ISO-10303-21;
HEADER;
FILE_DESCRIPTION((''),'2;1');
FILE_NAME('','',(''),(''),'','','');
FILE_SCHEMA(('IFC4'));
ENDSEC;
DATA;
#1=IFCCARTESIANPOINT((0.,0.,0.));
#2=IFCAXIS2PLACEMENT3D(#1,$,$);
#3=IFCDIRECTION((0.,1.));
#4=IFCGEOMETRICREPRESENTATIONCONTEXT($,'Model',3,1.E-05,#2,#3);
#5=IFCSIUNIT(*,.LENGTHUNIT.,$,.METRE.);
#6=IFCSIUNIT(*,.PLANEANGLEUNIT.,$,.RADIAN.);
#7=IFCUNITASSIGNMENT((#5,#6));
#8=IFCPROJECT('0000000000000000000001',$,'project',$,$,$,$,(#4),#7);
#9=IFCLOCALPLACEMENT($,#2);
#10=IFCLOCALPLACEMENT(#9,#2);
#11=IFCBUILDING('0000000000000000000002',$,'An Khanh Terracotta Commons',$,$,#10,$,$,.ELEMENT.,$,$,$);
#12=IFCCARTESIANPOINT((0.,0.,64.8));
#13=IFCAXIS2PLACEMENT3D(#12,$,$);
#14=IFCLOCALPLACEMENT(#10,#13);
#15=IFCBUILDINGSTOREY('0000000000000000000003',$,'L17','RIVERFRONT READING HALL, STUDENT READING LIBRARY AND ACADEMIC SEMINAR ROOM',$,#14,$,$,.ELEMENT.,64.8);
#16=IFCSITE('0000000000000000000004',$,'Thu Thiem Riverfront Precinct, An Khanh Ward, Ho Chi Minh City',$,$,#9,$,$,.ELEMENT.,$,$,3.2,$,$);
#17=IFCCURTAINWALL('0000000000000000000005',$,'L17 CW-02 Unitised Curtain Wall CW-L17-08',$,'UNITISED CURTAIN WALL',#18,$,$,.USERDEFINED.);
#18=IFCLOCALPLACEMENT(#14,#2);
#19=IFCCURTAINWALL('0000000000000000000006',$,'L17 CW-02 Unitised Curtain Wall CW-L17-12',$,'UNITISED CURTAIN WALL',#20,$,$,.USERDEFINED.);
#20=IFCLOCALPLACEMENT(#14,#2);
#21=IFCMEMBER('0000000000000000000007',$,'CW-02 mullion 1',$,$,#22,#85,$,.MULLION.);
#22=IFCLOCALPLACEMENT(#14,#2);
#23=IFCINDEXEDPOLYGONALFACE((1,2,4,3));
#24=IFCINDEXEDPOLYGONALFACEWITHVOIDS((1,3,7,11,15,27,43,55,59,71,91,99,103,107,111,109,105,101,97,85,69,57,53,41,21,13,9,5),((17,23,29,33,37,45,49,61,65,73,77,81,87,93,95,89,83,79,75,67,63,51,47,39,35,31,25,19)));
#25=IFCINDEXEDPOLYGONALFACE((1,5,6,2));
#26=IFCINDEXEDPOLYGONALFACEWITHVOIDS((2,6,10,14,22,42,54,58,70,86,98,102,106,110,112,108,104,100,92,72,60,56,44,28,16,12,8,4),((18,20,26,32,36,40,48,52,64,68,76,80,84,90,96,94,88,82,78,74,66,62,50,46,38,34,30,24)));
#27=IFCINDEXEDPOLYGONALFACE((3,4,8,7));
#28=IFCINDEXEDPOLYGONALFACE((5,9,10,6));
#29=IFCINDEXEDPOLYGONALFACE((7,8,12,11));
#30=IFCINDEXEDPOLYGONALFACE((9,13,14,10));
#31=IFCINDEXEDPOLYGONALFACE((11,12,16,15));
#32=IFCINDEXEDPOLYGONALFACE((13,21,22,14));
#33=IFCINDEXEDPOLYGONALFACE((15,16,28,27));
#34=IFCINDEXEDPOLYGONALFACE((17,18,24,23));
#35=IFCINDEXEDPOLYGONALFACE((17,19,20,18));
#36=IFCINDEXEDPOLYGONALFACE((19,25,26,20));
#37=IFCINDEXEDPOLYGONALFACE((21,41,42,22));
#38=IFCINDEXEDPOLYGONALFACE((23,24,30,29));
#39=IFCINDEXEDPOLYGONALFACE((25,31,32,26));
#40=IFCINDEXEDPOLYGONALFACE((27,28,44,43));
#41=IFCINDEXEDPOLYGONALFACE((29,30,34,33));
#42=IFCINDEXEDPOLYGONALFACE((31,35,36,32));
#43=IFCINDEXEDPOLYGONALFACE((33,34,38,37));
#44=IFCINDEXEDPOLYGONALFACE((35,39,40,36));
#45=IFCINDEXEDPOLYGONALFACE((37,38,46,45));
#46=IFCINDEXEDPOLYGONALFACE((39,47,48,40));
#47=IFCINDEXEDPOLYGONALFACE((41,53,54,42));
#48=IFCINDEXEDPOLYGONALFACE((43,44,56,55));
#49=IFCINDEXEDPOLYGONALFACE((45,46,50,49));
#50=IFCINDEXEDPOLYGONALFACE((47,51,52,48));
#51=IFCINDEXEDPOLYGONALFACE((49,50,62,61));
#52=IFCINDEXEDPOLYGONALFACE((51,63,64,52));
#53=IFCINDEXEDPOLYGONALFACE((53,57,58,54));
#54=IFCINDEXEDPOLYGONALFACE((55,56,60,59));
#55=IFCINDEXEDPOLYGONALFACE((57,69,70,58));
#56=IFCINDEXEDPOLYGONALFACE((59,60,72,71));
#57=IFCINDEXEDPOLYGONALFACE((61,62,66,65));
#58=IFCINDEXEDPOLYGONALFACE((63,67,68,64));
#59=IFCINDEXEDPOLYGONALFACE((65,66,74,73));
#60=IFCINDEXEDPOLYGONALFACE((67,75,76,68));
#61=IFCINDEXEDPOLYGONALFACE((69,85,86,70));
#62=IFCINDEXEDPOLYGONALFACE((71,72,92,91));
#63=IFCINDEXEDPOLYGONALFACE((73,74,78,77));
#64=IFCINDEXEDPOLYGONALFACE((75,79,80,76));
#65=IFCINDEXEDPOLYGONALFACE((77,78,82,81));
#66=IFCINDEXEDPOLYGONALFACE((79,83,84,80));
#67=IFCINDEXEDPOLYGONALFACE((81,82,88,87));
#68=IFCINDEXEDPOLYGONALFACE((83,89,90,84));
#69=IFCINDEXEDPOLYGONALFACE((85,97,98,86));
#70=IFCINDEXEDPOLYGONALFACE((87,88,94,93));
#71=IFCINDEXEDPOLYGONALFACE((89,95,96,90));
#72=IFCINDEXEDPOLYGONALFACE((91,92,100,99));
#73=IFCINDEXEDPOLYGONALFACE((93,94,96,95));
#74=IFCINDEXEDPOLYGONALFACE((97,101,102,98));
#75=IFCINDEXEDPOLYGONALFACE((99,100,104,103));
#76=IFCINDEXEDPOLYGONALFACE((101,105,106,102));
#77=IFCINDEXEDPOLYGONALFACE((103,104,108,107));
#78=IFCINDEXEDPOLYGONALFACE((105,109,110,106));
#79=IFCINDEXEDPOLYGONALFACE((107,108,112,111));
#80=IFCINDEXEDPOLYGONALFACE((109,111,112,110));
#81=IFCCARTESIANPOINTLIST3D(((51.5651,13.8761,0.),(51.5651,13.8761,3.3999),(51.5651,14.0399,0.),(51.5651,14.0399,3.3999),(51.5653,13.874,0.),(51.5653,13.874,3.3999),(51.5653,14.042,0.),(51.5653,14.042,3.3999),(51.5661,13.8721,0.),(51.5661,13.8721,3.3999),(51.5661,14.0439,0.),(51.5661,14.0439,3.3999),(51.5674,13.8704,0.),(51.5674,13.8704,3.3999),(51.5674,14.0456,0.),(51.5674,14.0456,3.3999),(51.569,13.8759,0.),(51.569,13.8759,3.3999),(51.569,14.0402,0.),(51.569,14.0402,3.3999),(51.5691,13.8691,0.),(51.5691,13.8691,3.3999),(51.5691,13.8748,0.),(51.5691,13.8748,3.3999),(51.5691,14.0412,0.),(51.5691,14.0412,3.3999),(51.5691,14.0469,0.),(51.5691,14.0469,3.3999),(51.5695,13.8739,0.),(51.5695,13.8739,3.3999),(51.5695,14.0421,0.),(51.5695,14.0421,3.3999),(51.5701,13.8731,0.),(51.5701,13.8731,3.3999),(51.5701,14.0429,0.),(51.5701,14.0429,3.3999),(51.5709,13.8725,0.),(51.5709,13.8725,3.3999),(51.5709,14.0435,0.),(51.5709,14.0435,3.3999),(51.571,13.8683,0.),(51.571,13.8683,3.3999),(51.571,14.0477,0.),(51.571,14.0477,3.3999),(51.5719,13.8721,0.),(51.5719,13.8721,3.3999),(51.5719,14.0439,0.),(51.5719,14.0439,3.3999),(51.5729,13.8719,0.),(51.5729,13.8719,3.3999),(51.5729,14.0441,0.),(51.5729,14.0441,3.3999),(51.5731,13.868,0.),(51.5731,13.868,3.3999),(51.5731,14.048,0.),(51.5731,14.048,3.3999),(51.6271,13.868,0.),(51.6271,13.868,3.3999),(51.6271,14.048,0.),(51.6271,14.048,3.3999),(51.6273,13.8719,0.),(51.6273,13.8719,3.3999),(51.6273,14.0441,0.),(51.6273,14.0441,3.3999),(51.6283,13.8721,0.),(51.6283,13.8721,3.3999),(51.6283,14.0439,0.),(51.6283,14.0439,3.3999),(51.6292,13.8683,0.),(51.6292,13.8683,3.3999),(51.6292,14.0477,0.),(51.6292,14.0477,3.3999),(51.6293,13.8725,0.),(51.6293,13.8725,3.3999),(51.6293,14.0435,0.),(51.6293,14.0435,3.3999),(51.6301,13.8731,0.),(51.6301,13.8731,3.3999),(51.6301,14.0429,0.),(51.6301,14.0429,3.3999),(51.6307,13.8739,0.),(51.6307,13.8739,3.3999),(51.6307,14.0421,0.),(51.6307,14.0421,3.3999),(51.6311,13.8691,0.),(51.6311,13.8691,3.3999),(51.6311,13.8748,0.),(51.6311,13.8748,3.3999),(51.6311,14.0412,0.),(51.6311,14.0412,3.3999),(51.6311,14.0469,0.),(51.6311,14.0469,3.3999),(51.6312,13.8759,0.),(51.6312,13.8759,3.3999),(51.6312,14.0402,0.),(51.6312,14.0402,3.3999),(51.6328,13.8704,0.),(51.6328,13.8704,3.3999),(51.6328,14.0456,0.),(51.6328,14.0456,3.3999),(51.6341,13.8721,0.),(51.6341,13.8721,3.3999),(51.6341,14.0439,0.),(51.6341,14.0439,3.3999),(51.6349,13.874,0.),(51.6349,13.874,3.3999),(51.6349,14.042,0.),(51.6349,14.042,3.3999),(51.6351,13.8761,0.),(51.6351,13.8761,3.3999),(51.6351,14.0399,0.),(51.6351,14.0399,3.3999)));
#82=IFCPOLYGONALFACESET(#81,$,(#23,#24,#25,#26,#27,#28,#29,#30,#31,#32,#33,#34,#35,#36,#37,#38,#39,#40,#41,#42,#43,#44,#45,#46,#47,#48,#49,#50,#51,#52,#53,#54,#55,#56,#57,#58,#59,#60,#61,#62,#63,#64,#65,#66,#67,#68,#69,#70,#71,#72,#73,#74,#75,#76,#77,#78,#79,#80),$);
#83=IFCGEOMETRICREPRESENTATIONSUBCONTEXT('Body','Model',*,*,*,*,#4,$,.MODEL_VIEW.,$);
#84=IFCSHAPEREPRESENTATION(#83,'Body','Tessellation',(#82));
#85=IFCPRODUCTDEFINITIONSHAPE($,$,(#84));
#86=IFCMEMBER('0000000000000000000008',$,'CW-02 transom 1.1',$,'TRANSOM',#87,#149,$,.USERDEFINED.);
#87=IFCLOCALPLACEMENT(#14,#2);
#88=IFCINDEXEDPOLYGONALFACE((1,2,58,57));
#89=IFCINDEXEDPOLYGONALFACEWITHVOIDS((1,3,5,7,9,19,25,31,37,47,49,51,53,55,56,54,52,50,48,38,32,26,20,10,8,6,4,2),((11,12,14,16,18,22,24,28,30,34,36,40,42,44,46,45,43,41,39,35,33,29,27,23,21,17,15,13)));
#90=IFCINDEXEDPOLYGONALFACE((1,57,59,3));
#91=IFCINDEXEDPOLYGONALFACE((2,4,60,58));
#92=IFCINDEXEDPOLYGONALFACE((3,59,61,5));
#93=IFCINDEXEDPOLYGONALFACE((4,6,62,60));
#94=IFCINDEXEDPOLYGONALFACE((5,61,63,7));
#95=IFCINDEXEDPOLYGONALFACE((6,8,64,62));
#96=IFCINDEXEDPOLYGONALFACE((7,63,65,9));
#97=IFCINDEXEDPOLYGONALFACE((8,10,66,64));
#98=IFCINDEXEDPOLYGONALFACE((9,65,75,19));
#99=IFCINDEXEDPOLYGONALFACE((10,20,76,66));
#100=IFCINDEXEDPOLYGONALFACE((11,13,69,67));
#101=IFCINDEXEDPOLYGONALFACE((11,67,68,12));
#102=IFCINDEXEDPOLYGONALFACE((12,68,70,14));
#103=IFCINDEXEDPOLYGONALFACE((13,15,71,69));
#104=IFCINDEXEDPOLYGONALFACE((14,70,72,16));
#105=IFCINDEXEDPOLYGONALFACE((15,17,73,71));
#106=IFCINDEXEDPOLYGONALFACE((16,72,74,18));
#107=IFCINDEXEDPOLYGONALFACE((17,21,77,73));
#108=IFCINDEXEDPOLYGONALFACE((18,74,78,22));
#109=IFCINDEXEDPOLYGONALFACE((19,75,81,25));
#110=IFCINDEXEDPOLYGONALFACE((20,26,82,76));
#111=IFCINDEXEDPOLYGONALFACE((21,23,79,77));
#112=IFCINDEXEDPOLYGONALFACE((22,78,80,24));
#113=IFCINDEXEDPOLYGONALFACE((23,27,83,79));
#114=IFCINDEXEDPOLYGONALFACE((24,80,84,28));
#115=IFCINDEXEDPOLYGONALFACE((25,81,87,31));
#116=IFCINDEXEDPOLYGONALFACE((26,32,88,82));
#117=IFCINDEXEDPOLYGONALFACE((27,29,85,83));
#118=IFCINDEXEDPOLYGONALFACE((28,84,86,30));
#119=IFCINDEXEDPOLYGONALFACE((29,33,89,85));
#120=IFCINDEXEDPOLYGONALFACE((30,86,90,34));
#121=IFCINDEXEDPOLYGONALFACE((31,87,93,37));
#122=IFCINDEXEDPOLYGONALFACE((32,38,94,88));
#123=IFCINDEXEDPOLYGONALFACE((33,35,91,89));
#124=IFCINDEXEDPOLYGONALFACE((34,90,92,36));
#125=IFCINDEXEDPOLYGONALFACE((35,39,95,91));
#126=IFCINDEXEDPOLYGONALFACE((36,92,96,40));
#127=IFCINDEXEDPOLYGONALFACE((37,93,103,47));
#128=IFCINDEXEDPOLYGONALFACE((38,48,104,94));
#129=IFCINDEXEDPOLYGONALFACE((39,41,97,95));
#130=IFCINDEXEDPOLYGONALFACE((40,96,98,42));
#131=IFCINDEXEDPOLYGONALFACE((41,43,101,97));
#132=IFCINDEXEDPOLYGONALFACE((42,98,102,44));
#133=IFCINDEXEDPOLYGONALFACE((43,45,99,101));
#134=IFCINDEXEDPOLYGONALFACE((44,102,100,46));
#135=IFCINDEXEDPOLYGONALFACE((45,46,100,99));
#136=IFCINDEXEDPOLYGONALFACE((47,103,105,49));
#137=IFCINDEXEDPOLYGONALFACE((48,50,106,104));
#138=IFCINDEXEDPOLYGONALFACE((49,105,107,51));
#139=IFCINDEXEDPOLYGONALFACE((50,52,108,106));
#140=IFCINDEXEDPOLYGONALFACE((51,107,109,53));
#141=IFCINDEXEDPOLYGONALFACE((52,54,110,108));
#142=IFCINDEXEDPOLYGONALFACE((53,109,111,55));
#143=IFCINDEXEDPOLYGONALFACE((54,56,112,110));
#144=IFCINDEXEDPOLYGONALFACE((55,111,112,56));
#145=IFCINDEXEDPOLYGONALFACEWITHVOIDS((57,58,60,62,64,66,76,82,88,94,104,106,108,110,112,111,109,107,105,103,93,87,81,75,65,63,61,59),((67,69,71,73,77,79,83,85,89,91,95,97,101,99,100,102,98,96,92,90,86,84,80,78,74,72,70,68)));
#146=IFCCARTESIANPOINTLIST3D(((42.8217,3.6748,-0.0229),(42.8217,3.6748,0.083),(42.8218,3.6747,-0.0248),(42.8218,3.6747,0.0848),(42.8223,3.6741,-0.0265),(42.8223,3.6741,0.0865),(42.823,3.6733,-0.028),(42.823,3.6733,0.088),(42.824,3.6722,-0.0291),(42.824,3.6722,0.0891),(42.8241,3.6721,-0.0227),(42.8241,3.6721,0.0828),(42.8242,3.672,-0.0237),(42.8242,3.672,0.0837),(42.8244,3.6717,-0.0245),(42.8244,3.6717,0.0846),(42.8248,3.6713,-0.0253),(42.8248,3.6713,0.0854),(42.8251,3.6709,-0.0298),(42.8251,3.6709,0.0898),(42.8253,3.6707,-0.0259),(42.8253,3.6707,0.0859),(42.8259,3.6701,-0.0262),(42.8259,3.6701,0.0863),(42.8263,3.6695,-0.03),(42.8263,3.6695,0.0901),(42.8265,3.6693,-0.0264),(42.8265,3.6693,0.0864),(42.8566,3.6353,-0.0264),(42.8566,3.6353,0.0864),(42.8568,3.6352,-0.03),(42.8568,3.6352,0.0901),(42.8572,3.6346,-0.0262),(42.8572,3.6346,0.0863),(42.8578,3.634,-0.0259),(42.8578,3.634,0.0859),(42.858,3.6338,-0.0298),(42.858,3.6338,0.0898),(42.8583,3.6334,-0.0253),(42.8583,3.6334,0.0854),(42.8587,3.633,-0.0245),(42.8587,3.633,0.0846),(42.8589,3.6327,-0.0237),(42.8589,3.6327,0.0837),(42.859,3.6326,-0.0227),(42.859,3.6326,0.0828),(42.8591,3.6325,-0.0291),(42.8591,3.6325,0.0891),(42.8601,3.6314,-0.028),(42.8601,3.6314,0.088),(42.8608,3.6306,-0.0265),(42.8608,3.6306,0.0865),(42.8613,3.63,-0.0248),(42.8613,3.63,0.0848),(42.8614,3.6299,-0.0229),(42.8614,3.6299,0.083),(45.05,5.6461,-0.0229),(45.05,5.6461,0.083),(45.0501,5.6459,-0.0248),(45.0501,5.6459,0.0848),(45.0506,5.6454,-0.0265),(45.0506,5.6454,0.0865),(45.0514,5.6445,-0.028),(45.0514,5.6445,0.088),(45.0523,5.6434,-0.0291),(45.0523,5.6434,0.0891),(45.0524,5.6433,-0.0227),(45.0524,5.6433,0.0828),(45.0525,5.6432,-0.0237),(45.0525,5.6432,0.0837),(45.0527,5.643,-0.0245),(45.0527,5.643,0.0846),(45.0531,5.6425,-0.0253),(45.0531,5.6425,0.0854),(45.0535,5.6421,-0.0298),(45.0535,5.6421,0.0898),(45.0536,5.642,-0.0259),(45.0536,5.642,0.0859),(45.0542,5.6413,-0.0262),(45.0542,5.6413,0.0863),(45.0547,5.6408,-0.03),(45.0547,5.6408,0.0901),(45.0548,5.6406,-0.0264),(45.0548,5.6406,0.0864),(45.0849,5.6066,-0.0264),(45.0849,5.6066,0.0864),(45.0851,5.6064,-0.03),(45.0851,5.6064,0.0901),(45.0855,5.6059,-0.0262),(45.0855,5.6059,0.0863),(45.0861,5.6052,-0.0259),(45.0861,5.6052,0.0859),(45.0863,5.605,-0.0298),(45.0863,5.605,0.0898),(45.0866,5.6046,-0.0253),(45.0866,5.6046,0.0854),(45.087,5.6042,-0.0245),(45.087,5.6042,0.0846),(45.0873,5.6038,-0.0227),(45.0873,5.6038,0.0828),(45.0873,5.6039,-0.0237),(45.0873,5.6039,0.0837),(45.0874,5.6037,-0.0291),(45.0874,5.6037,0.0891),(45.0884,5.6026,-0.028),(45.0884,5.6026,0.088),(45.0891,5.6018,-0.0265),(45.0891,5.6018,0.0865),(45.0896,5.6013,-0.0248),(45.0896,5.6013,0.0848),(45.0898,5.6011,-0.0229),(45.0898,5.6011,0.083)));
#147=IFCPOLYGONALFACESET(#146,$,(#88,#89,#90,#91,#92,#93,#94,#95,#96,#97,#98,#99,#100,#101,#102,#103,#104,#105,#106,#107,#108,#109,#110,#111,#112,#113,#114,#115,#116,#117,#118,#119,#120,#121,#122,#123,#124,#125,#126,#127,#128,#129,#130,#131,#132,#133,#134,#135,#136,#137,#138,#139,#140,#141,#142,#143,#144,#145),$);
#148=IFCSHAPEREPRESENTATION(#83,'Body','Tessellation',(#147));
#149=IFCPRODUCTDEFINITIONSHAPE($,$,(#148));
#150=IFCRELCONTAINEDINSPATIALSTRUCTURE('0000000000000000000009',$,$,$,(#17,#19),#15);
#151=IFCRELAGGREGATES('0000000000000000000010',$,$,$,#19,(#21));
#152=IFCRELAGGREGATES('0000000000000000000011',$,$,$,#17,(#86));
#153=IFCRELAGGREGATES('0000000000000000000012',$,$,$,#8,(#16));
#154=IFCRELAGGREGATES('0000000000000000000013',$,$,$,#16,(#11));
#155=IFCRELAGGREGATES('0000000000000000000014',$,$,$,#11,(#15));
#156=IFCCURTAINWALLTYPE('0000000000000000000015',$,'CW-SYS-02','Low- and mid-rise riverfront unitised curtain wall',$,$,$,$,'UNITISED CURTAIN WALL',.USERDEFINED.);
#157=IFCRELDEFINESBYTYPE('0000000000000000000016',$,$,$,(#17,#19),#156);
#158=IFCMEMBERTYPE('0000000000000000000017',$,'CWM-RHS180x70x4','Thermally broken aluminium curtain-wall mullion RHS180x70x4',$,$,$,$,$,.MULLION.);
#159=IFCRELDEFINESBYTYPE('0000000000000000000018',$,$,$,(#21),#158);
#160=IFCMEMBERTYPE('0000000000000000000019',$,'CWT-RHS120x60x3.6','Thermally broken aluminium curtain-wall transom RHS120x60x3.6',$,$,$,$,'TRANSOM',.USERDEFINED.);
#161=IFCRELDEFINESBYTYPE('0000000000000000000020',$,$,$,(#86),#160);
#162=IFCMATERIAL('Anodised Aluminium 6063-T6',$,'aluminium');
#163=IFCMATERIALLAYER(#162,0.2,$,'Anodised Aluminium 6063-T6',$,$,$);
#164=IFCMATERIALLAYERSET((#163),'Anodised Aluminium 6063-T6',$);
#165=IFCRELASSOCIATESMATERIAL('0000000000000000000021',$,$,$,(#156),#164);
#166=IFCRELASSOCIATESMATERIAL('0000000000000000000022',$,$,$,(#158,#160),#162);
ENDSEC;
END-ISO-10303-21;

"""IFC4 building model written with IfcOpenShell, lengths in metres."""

from ifc_helpers import new_model, si_unit, direction, frame, origin, origin_2d, place, context, subcontext, project, spatial, hollow_rectangle, extrude, material, layer, layer_set, material_profile, profile_set, type_object, element, aggregate, save


model = new_model("IFC4")

# Units and contexts
model_context = context("Model", 3, precision=1e-05, world=origin(), true_north=direction((0.0, 1.0)))
body_context = subcontext(model_context, "Body", "Model", "MODEL_VIEW")
ifc_project = project(units=[si_unit("LENGTHUNIT", "METRE"), si_unit("PLANEANGLEUNIT", "RADIAN")], contexts=[model_context])

# Site, building, storey
site_placement = place(None, origin())
site = spatial("IfcSite", under=ifc_project, at=site_placement, Name="Thu Thiem Riverfront Precinct, An Khanh Ward, Ho Chi Minh City", CompositionType="ELEMENT", RefElevation=3.2)
building_placement = place(site_placement, origin())
building = spatial("IfcBuilding", under=site, at=building_placement, Name="An Khanh Terracotta Commons", CompositionType="ELEMENT")
storey_placement = place(building_placement, frame((0.0, 0.0, 64.8)))
storey = spatial("IfcBuildingStorey", under=building, at=storey_placement, Name="L17", Description="RIVERFRONT READING HALL, STUDENT READING LIBRARY AND ACADEMIC SEMINAR ROOM", CompositionType="ELEMENT", Elevation=64.8)

# Curtain wall
ifc_material_1 = material(Name="Anodised Aluminium 6063-T6", Category="aluminium")
ifc_layer_1 = layer(ifc_material_1, 0.2, Name="Anodised Aluminium 6063-T6")
ifc_layer_set_1 = layer_set([ifc_layer_1], Name="Anodised Aluminium 6063-T6")
curtain_wall_type = type_object("IfcCurtainWallType", Name="CW-SYS-02", Description="Low- and mid-rise riverfront unitised curtain wall", ElementType="UNITISED CURTAIN WALL", PredefinedType="USERDEFINED", material=ifc_layer_set_1)
curtain_wall_1_placement = place(storey_placement, origin())
curtain_wall_1 = element("IfcCurtainWall", 1, at=curtain_wall_1_placement, inside=storey, type_object=curtain_wall_type, Name="L17 CW-02 Unitised Curtain Wall CW-L17-08", ObjectType="UNITISED CURTAIN WALL", PredefinedType="USERDEFINED")
ifc_material_profile_1 = material_profile(ifc_material_1, hollow_rectangle(XDim=0.0701, YDim=0.1799, WallThickness=0.0039, InnerFilletRadius=0.0039, OuterFilletRadius=0.0081, at=origin_2d()), Name="RHS180x70x4")
ifc_profile_set_1 = profile_set([ifc_material_profile_1], Name="Anodised Aluminium 6063-T6")
member_type_1 = type_object("IfcMemberType", Name="CWM-RHS180x70x4", Description="Thermally broken aluminium curtain-wall mullion RHS180x70x4", PredefinedType="MULLION", material=ifc_profile_set_1)

# Curtain wall, member
curtain_wall_2_placement = place(storey_placement, origin())
curtain_wall_2 = element("IfcCurtainWall", 2, at=curtain_wall_2_placement, inside=storey, type_object=curtain_wall_type, Name="L17 CW-02 Unitised Curtain Wall CW-L17-12", ObjectType="UNITISED CURTAIN WALL", PredefinedType="USERDEFINED")
member_1_placement = place(storey_placement, frame((51.6001, 13.958, 0.0), z_axis=(0.0, 0.0, 1.0), x_axis=(-1.0, 0.0, 0.0)))
member_1 = element("IfcMember", 3, at=member_1_placement, type_object=member_type_1, Name="CW-02 mullion 1", PredefinedType="MULLION", context=body_context, shape_type="SweptSolid", body=[
    extrude(hollow_rectangle(XDim=0.0701, YDim=0.1799, WallThickness=0.0039, InnerFilletRadius=0.0039, OuterFilletRadius=0.0081, at=origin_2d()), origin(), (0.0, 0.0, 1.0), 3.3999),
])
aggregate(curtain_wall_2, [member_1])

# Member
ifc_material_profile_2 = material_profile(ifc_material_1, hollow_rectangle(XDim=0.0601, YDim=0.1201, WallThickness=0.0037, InnerFilletRadius=0.0037, OuterFilletRadius=0.0071, at=origin_2d()), Name="RHS120x60x3.6")
ifc_profile_set_2 = profile_set([ifc_material_profile_2], Name="Anodised Aluminium 6063-T6")
member_type_2 = type_object("IfcMemberType", Name="CWT-RHS120x60x3.6", Description="Thermally broken aluminium curtain-wall transom RHS120x60x3.6", ElementType="TRANSOM", PredefinedType="USERDEFINED", material=ifc_profile_set_2)
member_2_placement = place(storey_placement, frame((42.8416, 3.6523, 0.03), z_axis=(0.748992, 0.662579, 0.0), x_axis=(-0.662579, 0.748992, 0.0)))
member_2 = element("IfcMember", 4, at=member_2_placement, type_object=member_type_2, Name="CW-02 transom 1.1", ObjectType="TRANSOM", PredefinedType="USERDEFINED", context=body_context, shape_type="SweptSolid", body=[
    extrude(hollow_rectangle(XDim=0.0601, YDim=0.1201, WallThickness=0.0037, InnerFilletRadius=0.0037, OuterFilletRadius=0.0071, at=origin_2d()), origin(), (0.0, 0.0, 1.0), 2.9751),
])

aggregate(curtain_wall_1, [member_2])

save(model, "model.ifc")
